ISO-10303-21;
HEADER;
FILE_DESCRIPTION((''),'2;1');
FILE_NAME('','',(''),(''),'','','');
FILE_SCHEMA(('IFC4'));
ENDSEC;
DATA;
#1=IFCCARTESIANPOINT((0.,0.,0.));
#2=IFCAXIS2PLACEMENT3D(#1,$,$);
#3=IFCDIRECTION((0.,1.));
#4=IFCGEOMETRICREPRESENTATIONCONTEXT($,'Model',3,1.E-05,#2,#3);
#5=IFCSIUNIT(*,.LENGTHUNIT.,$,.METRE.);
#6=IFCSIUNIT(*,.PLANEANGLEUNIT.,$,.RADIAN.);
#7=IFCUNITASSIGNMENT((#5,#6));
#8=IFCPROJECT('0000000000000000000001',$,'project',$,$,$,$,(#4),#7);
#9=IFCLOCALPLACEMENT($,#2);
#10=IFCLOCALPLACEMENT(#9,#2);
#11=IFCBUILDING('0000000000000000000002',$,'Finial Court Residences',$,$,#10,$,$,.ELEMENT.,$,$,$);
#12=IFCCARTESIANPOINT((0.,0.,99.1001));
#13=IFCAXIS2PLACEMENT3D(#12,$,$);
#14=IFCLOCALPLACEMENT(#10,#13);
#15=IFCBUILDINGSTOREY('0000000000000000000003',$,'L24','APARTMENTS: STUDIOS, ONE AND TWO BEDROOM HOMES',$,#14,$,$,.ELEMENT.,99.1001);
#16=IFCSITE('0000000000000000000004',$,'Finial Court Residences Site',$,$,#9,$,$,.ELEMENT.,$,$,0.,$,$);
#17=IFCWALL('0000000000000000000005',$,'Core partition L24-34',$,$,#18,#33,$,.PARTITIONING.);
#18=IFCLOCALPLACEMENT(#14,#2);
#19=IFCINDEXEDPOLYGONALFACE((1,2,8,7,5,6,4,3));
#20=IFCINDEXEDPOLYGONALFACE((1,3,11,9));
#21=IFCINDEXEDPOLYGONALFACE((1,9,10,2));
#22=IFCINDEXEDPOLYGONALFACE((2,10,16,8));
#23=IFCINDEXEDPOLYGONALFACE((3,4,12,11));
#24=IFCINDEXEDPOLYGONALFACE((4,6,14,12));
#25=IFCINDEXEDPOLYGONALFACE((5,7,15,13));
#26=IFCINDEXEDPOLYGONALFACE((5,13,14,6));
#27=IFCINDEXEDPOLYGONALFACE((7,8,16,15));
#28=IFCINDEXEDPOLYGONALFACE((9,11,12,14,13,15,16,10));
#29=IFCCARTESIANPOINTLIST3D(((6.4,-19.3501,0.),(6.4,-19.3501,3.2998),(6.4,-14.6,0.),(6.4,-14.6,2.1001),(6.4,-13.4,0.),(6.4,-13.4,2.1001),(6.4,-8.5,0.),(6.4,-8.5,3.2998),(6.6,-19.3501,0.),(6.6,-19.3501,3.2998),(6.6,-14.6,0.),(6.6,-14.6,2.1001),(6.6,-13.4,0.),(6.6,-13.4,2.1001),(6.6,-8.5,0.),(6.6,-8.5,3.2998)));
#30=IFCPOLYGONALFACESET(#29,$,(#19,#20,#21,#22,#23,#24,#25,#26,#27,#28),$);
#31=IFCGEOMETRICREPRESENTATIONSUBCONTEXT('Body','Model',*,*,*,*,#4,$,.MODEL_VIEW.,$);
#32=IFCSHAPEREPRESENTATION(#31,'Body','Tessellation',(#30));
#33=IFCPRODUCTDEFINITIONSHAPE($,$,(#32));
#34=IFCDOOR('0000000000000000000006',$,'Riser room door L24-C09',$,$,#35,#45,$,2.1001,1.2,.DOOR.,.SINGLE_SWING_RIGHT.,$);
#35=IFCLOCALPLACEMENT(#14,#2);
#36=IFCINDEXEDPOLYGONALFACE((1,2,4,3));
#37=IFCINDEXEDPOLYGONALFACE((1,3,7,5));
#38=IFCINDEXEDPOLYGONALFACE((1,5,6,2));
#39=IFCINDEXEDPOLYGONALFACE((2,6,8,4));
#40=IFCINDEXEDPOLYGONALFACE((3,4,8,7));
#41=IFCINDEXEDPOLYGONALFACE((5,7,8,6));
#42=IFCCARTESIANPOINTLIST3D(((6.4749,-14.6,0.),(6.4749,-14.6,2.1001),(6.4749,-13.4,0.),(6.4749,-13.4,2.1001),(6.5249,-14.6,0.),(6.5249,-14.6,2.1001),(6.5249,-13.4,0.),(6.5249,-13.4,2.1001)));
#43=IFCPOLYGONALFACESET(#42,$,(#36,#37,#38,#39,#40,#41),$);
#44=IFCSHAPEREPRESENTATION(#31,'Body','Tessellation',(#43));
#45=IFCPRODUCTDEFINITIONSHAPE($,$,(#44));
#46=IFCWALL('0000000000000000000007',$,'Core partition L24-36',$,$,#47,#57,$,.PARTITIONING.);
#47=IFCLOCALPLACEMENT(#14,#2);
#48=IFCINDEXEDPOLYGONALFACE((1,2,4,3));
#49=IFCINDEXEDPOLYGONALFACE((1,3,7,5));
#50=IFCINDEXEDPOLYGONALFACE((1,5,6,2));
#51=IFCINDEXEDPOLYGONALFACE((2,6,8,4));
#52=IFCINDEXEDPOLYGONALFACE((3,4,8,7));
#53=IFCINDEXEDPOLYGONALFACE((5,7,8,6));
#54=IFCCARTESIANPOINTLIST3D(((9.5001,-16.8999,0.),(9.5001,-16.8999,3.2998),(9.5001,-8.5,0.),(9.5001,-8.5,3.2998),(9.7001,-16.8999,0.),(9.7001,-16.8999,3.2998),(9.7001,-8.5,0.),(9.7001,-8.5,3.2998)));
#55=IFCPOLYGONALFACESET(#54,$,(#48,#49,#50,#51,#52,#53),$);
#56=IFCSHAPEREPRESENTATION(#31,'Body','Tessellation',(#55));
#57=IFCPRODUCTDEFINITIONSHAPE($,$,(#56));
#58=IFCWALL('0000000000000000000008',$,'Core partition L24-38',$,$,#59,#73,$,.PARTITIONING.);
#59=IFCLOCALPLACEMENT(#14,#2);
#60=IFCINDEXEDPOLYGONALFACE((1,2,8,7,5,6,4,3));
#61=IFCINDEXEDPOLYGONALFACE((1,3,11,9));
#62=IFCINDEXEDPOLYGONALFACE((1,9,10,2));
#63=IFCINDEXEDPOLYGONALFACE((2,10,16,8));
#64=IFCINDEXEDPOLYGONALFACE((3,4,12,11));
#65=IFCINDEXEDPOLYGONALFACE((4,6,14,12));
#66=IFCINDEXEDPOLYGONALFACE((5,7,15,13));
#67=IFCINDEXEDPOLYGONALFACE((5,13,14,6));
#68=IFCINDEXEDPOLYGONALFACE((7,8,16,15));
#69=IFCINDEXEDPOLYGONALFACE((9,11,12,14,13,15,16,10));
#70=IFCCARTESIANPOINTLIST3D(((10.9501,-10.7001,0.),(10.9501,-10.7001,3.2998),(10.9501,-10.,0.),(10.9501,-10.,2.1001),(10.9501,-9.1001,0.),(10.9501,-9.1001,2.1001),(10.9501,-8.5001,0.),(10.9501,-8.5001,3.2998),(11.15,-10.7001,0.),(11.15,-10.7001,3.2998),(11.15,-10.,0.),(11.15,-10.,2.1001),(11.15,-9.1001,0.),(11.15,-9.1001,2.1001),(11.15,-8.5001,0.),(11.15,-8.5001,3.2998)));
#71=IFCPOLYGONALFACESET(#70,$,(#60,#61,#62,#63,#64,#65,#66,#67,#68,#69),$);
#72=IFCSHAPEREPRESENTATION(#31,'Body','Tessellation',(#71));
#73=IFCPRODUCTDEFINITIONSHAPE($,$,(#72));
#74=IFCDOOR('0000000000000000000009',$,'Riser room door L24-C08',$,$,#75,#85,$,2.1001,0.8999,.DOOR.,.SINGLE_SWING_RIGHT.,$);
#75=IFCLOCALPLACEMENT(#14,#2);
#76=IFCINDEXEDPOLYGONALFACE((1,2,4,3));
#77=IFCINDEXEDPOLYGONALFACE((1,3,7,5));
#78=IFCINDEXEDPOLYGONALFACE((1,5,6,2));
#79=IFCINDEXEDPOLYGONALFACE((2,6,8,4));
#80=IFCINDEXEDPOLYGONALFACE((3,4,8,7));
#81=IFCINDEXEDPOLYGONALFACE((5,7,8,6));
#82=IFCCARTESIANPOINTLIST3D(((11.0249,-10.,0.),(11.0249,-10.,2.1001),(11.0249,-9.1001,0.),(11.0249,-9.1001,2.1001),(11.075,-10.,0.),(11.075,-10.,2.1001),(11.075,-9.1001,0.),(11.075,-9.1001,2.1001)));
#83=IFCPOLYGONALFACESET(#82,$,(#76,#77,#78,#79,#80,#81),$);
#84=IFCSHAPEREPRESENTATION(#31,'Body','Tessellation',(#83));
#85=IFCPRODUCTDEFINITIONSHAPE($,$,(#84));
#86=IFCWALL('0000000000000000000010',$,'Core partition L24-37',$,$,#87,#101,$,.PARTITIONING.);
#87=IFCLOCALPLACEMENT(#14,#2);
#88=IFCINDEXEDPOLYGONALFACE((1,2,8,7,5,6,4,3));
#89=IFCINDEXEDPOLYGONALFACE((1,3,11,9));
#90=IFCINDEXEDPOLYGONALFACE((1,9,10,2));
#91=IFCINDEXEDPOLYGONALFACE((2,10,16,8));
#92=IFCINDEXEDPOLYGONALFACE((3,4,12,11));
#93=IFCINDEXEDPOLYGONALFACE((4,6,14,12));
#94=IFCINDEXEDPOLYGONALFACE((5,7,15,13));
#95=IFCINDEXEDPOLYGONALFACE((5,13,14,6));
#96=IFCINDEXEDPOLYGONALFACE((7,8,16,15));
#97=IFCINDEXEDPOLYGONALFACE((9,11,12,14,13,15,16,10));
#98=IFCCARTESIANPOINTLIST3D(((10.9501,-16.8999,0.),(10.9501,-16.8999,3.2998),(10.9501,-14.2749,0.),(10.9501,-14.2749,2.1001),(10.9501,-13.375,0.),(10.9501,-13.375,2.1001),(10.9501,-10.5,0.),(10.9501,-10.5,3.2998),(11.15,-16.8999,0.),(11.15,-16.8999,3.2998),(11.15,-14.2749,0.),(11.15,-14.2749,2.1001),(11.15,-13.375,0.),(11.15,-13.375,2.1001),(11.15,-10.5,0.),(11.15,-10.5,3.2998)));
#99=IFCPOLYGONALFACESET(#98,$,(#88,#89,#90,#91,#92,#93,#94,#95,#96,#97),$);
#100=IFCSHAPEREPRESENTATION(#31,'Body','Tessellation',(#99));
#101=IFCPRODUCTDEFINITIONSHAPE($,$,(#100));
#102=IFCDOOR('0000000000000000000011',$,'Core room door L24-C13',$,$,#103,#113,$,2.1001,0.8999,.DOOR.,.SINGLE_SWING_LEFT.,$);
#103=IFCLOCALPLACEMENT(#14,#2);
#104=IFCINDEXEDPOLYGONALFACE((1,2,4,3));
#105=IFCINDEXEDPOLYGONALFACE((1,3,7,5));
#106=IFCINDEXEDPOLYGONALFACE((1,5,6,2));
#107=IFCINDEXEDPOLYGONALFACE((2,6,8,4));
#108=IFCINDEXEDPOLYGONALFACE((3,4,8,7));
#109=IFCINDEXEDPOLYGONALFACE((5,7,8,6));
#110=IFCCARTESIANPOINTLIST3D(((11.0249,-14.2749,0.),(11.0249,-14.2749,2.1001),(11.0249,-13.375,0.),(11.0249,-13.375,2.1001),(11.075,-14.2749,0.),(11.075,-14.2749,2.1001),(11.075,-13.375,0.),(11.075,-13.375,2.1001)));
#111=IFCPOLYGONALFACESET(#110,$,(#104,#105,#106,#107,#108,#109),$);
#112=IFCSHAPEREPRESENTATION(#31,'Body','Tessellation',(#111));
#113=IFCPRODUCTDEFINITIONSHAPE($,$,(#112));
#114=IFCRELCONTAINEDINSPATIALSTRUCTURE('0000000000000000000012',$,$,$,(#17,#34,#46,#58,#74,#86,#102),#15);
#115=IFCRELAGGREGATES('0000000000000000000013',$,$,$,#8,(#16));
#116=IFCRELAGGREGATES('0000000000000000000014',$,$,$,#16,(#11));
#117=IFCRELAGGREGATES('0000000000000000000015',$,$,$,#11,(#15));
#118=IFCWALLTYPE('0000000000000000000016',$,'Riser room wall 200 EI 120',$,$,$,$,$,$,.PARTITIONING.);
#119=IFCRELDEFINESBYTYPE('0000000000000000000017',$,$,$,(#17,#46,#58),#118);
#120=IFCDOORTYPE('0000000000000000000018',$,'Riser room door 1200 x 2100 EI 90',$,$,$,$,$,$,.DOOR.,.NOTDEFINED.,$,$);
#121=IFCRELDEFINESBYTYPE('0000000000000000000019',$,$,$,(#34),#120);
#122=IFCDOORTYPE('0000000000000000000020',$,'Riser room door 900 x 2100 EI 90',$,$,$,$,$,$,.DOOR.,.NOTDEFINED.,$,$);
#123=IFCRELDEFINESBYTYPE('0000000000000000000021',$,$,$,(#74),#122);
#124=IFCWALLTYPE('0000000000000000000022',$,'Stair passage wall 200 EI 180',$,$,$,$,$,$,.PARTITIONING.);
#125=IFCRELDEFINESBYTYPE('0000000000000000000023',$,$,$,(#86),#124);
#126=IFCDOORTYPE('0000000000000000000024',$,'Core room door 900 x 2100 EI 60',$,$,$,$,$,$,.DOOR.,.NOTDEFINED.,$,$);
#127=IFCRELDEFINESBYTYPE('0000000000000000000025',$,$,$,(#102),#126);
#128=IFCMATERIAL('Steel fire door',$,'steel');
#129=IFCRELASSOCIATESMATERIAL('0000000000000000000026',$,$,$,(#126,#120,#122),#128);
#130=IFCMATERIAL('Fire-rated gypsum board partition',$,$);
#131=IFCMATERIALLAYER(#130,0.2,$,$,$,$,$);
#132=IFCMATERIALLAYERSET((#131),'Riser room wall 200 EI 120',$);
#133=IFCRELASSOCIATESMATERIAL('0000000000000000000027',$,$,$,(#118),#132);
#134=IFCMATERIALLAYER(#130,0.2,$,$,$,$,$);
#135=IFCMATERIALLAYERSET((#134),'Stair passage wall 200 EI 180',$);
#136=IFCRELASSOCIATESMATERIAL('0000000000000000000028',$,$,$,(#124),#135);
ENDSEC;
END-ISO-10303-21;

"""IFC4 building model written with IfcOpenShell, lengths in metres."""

from ifc_helpers import new_model, si_unit, direction, frame, frame_2d, origin, place, context, subcontext, project, spatial, rectangle, extrude, material, layer, layer_set, type_object, element, fill, save


model = new_model("IFC4")

# Units and contexts
model_context = context("Model", 3, precision=1e-05, world=origin(), true_north=direction((0.0, 1.0)))
body_context = subcontext(model_context, "Body", "Model", "MODEL_VIEW")
ifc_project = project(units=[si_unit("LENGTHUNIT", "METRE"), si_unit("PLANEANGLEUNIT", "RADIAN")], contexts=[model_context])

# Site, building, storey
site_placement = place(None, origin())
site = spatial("IfcSite", under=ifc_project, at=site_placement, Name="Finial Court Residences Site", CompositionType="ELEMENT", RefElevation=0.0)
building_placement = place(site_placement, origin())
building = spatial("IfcBuilding", under=site, at=building_placement, Name="Finial Court Residences", CompositionType="ELEMENT")
storey_placement = place(building_placement, frame((0.0, 0.0, 99.1001)))
storey = spatial("IfcBuildingStorey", under=building, at=storey_placement, Name="L24", Description="APARTMENTS: STUDIOS, ONE AND TWO BEDROOM HOMES", CompositionType="ELEMENT", Elevation=99.1001)

# Shared definitions
ifc_material_1 = material(Name="Fire-rated gypsum board partition")

# Shared definitions
ifc_material_2 = material(Name="Steel fire door", Category="steel")
door_type_1 = type_object("IfcDoorType", Name="Core room door 900 x 2100 EI 60", OperationType="NOTDEFINED", PredefinedType="DOOR", material=ifc_material_2)

# Shared definitions
ifc_layer_1 = layer(ifc_material_1, 0.2)
ifc_layer_set_1 = layer_set([ifc_layer_1], Name="Riser room wall 200 EI 120")
wall_type_1 = type_object("IfcWallType", Name="Riser room wall 200 EI 120", PredefinedType="PARTITIONING", material=ifc_layer_set_1)

# Wall, opening, door
wall_1_placement = place(storey_placement, frame((6.5, -8.5, 0.0), z_axis=(0.0, 0.0, 1.0), x_axis=(0.0, -1.0, 0.0)))
wall_1 = element("IfcWall", 1, at=wall_1_placement, inside=storey, type_object=wall_type_1, Name="Core partition L24-34", PredefinedType="PARTITIONING", context=body_context, shape_type="SweptSolid", body=[
    extrude(rectangle(XDim=10.8501, YDim=0.2, at=frame_2d((5.425, 0.0))), origin(), (0.0, 0.0, 1.0), 3.2998),
])
opening_1_placement = place(wall_1_placement, frame((4.8999, 0.0, 0.0)))
opening_1 = element("IfcOpeningElement", 2, at=opening_1_placement, cuts=wall_1, PredefinedType="OPENING", context=body_context, shape_type="SweptSolid", body=[
    extrude(rectangle(XDim=1.2, YDim=2.1001, at=frame_2d((0.6001, 1.05))), frame((0.0, 0.1099, 0.0), z_axis=(0.0, -1.0, 0.0), x_axis=(1.0, 0.0, 0.0)), (0.0, 0.0, 1.0), 0.22),
])
door_type_2 = type_object("IfcDoorType", Name="Riser room door 1200 x 2100 EI 90", OperationType="NOTDEFINED", PredefinedType="DOOR", material=ifc_material_2)
door_1_placement = place(opening_1_placement, origin())
door_1 = element("IfcDoor", 3, at=door_1_placement, inside=storey, type_object=door_type_2, Name="Riser room door L24-C09", OperationType="SINGLE_SWING_RIGHT", OverallHeight=2.1001, OverallWidth=1.2, PredefinedType="DOOR", context=body_context, shape_type="SweptSolid", body=[
    extrude(rectangle(XDim=1.2, YDim=2.1001, at=frame_2d((0.6001, 1.05))), frame((0.0, 0.0249, 0.0), z_axis=(0.0, -1.0, 0.0), x_axis=(1.0, 0.0, 0.0)), (0.0, 0.0, 1.0), 0.05),
])
fill(opening_1, door_1)

# Wall
wall_2_placement = place(storey_placement, frame((9.6001, -16.8999, 0.0), z_axis=(0.0, 0.0, 1.0), x_axis=(0.0, 1.0, 0.0)))
element("IfcWall", 4, at=wall_2_placement, inside=storey, type_object=wall_type_1, Name="Core partition L24-36", PredefinedType="PARTITIONING", context=body_context, shape_type="SweptSolid", body=[
    extrude(rectangle(XDim=8.3999, YDim=0.2, at=frame_2d((4.2, 0.0))), origin(), (0.0, 0.0, 1.0), 3.2998),
])

# Walls, openings, doors
wall_3_placement = place(storey_placement, frame((11.05, -8.5, 0.0), z_axis=(0.0, 0.0, 1.0), x_axis=(0.0, -1.0, 0.0)))
wall_3 = element("IfcWall", 5, at=wall_3_placement, inside=storey, type_object=wall_type_1, Name="Core partition L24-38", PredefinedType="PARTITIONING", context=body_context, shape_type="SweptSolid", body=[
    extrude(rectangle(XDim=2.2, YDim=0.2, at=frame_2d((1.1001, 0.0))), origin(), (0.0, 0.0, 1.0), 3.2998),
])
opening_2_placement = place(wall_3_placement, frame((0.6001, 0.0, 0.0)))
opening_2 = element("IfcOpeningElement", 6, at=opening_2_placement, cuts=wall_3, PredefinedType="OPENING", context=body_context, shape_type="SweptSolid", body=[
    extrude(rectangle(XDim=0.8999, YDim=2.1001, at=frame_2d((0.45, 1.05))), frame((0.0, 0.1099, 0.0), z_axis=(0.0, -1.0, 0.0), x_axis=(1.0, 0.0, 0.0)), (0.0, 0.0, 1.0), 0.22),
])
door_type_3 = type_object("IfcDoorType", Name="Riser room door 900 x 2100 EI 90", OperationType="NOTDEFINED", PredefinedType="DOOR", material=ifc_material_2)
door_2_placement = place(opening_2_placement, origin())
door_2 = element("IfcDoor", 7, at=door_2_placement, inside=storey, type_object=door_type_3, Name="Riser room door L24-C08", OperationType="SINGLE_SWING_RIGHT", OverallHeight=2.1001, OverallWidth=0.8999, PredefinedType="DOOR", context=body_context, shape_type="SweptSolid", body=[
    extrude(rectangle(XDim=0.8999, YDim=2.1001, at=frame_2d((0.45, 1.05))), frame((0.0, 0.0249, 0.0), z_axis=(0.0, -1.0, 0.0), x_axis=(1.0, 0.0, 0.0)), (0.0, 0.0, 1.0), 0.05),
])
fill(opening_2, door_2)
ifc_layer_2 = layer(ifc_material_1, 0.2)
ifc_layer_set_2 = layer_set([ifc_layer_2], Name="Stair passage wall 200 EI 180")
wall_type_2 = type_object("IfcWallType", Name="Stair passage wall 200 EI 180", PredefinedType="PARTITIONING", material=ifc_layer_set_2)
wall_4_placement = place(storey_placement, frame((11.05, -10.5, 0.0), z_axis=(0.0, 0.0, 1.0), x_axis=(0.0, -1.0, 0.0)))
wall_4 = element("IfcWall", 8, at=wall_4_placement, inside=storey, type_object=wall_type_2, Name="Core partition L24-37", PredefinedType="PARTITIONING", context=body_context, shape_type="SweptSolid", body=[
    extrude(rectangle(XDim=6.3999, YDim=0.2, at=frame_2d((3.2, 0.0))), origin(), (0.0, 0.0, 1.0), 3.2998),
])
opening_3_placement = place(wall_4_placement, frame((2.875, 0.0, 0.0)))
opening_3 = element("IfcOpeningElement", 9, at=opening_3_placement, cuts=wall_4, PredefinedType="OPENING", context=body_context, shape_type="SweptSolid", body=[
    extrude(rectangle(XDim=0.8999, YDim=2.1001, at=frame_2d((0.45, 1.05))), frame((0.0, 0.1099, 0.0), z_axis=(0.0, -1.0, 0.0), x_axis=(1.0, 0.0, 0.0)), (0.0, 0.0, 1.0), 0.22),
])
door_3_placement = place(opening_3_placement, origin())
door_3 = element("IfcDoor", 10, at=door_3_placement, inside=storey, type_object=door_type_1, Name="Core room door L24-C13", OperationType="SINGLE_SWING_LEFT", OverallHeight=2.1001, OverallWidth=0.8999, PredefinedType="DOOR", context=body_context, shape_type="SweptSolid", body=[
    extrude(rectangle(XDim=0.8999, YDim=2.1001, at=frame_2d((0.45, 1.05))), frame((0.0, 0.0249, 0.0), z_axis=(0.0, -1.0, 0.0), x_axis=(1.0, 0.0, 0.0)), (0.0, 0.0, 1.0), 0.05),
])
fill(opening_3, door_3)

save(model, "model.ifc")
